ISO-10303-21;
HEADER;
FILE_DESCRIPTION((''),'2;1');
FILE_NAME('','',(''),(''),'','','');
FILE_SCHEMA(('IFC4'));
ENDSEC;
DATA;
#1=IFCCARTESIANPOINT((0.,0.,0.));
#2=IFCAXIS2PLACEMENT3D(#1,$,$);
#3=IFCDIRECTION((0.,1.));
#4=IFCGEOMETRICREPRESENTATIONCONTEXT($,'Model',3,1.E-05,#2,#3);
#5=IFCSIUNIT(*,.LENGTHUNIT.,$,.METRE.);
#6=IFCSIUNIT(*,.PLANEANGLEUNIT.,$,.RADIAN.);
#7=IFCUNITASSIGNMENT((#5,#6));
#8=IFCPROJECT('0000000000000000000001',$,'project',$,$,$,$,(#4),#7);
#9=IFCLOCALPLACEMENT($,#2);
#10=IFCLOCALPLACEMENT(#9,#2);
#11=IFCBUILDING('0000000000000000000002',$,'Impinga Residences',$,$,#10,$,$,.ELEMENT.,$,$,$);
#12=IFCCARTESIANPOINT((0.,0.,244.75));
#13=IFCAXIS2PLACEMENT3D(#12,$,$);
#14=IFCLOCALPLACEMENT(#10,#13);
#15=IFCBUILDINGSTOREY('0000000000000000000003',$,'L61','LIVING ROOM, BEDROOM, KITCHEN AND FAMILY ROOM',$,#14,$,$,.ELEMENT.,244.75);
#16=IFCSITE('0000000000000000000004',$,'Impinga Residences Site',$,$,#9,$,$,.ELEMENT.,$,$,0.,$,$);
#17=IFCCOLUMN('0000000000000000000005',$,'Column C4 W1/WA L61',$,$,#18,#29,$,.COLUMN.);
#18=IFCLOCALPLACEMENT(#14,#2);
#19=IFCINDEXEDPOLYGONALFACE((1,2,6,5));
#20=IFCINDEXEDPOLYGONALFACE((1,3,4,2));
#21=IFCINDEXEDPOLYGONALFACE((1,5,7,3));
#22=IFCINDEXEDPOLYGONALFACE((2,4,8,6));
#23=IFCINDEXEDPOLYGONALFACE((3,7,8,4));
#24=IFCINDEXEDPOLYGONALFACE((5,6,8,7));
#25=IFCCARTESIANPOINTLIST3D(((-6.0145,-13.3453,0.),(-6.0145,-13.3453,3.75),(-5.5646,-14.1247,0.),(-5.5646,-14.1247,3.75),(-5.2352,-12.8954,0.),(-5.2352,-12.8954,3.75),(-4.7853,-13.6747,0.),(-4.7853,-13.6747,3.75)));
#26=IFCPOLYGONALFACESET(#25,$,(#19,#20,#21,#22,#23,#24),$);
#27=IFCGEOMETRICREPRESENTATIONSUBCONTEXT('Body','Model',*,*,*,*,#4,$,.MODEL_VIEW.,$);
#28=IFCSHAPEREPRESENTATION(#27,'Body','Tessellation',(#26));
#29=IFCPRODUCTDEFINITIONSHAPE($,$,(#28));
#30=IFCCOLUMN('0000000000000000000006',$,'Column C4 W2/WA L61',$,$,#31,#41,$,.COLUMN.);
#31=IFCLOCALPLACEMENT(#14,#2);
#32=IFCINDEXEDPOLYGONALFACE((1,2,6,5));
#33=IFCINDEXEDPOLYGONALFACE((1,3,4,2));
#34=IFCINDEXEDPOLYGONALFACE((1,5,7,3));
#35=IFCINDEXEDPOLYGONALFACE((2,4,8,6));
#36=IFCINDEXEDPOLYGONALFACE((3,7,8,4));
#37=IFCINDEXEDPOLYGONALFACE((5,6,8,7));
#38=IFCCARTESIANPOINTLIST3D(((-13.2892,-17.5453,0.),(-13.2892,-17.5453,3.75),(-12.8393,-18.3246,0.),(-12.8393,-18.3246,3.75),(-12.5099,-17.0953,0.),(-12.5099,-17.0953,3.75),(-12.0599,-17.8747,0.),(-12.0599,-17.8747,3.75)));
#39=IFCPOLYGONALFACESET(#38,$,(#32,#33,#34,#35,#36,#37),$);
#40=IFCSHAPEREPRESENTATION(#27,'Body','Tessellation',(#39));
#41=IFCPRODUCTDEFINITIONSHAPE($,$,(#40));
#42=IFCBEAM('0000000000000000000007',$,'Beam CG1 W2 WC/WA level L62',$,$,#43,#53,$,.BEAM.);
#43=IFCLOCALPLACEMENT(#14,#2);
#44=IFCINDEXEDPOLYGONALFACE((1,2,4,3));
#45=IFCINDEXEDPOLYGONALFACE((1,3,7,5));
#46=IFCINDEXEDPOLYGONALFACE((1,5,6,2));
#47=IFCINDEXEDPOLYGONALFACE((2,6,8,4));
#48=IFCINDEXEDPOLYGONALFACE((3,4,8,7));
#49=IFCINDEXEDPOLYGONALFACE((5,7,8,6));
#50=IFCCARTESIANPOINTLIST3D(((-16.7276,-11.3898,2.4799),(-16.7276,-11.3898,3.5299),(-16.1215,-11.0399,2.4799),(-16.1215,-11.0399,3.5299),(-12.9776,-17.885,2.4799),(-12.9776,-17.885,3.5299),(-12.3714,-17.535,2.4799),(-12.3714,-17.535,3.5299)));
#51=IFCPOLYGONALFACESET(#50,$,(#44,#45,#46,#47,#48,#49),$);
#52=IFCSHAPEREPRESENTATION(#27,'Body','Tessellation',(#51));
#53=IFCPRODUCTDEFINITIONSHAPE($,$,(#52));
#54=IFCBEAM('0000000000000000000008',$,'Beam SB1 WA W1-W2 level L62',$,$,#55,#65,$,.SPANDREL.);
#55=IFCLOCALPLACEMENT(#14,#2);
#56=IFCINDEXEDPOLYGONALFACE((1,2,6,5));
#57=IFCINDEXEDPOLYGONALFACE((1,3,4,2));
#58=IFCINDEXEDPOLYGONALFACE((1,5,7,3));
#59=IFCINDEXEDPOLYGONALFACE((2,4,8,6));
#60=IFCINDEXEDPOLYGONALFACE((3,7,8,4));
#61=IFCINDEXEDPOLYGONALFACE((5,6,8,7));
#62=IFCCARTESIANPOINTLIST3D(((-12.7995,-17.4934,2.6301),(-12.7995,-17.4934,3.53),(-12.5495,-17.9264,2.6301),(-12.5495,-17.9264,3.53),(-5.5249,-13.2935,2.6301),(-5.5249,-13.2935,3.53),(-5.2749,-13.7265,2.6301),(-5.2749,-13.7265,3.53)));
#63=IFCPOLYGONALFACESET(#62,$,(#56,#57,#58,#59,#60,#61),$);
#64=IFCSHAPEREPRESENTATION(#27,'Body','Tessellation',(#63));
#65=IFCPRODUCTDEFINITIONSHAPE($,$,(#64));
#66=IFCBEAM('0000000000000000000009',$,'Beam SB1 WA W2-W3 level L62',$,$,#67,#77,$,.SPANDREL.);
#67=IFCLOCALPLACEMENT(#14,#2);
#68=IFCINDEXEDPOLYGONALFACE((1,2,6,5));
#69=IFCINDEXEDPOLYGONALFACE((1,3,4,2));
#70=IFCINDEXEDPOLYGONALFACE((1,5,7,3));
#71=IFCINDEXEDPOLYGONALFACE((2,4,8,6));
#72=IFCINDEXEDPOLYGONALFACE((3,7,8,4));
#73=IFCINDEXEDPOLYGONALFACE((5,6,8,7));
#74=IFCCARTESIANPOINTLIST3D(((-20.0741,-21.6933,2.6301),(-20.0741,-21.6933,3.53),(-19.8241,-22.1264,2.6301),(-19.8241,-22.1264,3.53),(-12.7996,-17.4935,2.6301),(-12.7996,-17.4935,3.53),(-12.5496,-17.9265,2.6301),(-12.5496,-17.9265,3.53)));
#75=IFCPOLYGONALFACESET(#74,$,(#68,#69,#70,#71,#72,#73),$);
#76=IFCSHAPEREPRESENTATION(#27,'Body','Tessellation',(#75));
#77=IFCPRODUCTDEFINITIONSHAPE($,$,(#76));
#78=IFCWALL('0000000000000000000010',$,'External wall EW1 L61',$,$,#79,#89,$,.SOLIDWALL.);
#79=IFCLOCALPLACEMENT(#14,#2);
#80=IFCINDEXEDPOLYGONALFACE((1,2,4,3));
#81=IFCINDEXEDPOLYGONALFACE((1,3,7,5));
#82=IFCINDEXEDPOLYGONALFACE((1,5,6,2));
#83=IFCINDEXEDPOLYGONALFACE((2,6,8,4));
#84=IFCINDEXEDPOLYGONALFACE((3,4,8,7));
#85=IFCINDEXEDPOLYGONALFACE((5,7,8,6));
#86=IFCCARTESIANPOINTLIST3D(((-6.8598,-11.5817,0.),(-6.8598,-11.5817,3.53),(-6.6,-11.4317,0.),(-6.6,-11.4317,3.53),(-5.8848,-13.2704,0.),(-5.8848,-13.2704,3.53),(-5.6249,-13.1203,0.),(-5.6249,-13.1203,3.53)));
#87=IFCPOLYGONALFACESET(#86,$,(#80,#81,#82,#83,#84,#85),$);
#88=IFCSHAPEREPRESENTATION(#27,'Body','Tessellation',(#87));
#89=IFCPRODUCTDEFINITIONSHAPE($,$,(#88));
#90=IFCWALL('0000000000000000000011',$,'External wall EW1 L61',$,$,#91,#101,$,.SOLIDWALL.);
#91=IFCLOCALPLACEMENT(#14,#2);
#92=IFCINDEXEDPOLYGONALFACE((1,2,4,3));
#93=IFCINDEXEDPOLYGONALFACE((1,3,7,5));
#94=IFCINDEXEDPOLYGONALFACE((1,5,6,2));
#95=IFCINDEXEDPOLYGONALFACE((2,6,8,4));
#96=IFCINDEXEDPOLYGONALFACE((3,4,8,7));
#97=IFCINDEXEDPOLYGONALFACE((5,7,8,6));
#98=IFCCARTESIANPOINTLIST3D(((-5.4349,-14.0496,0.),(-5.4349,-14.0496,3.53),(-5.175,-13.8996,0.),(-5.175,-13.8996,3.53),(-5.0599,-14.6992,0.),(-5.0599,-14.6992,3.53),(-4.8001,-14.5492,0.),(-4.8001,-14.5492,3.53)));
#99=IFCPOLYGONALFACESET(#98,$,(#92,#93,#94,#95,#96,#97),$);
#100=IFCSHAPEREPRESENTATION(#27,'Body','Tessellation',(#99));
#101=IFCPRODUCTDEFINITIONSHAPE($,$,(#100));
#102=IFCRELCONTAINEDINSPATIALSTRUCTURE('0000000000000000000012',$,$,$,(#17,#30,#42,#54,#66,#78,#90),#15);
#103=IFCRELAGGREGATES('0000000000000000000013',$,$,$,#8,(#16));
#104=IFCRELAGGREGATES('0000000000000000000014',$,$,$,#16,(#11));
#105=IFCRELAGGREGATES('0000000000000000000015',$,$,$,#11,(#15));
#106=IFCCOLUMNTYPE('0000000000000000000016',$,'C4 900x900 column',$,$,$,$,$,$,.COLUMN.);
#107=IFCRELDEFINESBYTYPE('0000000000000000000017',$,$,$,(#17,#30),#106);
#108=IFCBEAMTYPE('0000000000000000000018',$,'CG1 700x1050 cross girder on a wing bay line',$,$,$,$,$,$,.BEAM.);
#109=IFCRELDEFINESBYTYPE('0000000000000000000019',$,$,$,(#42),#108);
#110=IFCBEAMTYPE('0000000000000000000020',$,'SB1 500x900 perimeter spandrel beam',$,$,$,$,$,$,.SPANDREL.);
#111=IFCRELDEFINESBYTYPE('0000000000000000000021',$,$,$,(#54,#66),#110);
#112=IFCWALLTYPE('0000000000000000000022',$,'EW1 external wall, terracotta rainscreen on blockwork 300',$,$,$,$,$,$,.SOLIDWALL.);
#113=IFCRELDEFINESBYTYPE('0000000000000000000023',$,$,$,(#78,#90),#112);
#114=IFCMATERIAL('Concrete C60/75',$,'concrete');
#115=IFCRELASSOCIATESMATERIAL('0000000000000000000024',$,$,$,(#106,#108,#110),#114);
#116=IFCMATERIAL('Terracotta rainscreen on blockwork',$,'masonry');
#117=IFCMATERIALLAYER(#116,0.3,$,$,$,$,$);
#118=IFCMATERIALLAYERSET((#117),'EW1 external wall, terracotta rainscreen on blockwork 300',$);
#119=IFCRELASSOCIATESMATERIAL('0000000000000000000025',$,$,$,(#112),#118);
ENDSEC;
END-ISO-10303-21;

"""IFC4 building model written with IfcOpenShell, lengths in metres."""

from ifc_helpers import new_model, si_unit, direction, frame, frame_2d, origin, origin_2d, place, context, subcontext, project, spatial, rectangle, extrude, material, layer, layer_set, material_profile, profile_set, type_object, element, save


model = new_model("IFC4")

# Units and contexts
model_context = context("Model", 3, precision=1e-05, world=origin(), true_north=direction((0.0, 1.0)))
body_context = subcontext(model_context, "Body", "Model", "MODEL_VIEW")
ifc_project = project(units=[si_unit("LENGTHUNIT", "METRE"), si_unit("PLANEANGLEUNIT", "RADIAN")], contexts=[model_context])

# Site, building, storey
site_placement = place(None, origin())
site = spatial("IfcSite", under=ifc_project, at=site_placement, Name="Impinga Residences Site", CompositionType="ELEMENT", RefElevation=0.0)
building_placement = place(site_placement, origin())
building = spatial("IfcBuilding", under=site, at=building_placement, Name="Impinga Residences", CompositionType="ELEMENT")
storey_placement = place(building_placement, frame((0.0, 0.0, 244.75)))
storey = spatial("IfcBuildingStorey", under=building, at=storey_placement, Name="L61", Description="LIVING ROOM, BEDROOM, KITCHEN AND FAMILY ROOM", CompositionType="ELEMENT", Elevation=244.75)

# Columns
ifc_material_1 = material(Name="Concrete C60/75", Category="concrete")
ifc_material_profile_1 = material_profile(ifc_material_1, rectangle(XDim=0.8999, YDim=0.8999, at=origin_2d()), Name="RC 900x900")
ifc_profile_set_1 = profile_set([ifc_material_profile_1], Name="Concrete C60/75")
column_type = type_object("IfcColumnType", Name="C4 900x900 column", PredefinedType="COLUMN", material=ifc_profile_set_1)
for number, where, z_axis, x_axis, name in (
    (1, (-5.3999, -13.51, 0.0), (0.0, 0.0, 1.0), (-0.5, 0.866025, 0.0), "Column C4 W1/WA L61"),
    (2, (-12.6746, -17.71, 0.0), (0.0, 0.0, 1.0), (-0.5, 0.866025, 0.0), "Column C4 W2/WA L61"),
):
    element("IfcColumn", number, at=place(storey_placement, frame(where, z_axis=z_axis, x_axis=x_axis)), inside=storey, type_object=column_type, Name=name, PredefinedType="COLUMN", context=body_context, shape_type="SweptSolid", body=[
        extrude(rectangle(XDim=0.8999, YDim=0.8999, at=origin_2d()), origin(), (0.0, 0.0, 1.0), 3.75),
    ])

# Beams
ifc_material_profile_2 = material_profile(ifc_material_1, rectangle(XDim=0.7, YDim=1.05, at=origin_2d()), Name="RC 700x1050")
ifc_profile_set_2 = profile_set([ifc_material_profile_2], Name="Concrete C60/75")
beam_type_1 = type_object("IfcBeamType", Name="CG1 700x1050 cross girder on a wing bay line", PredefinedType="BEAM", material=ifc_profile_set_2)
beam_placement = place(storey_placement, frame((-16.4246, -11.2148, 3.0049), z_axis=(0.500004, -0.866023, 0.0), x_axis=(0.866023, 0.500004, 0.0)))
element("IfcBeam", 3, at=beam_placement, inside=storey, type_object=beam_type_1, Name="Beam CG1 W2 WC/WA level L62", PredefinedType="BEAM", context=body_context, shape_type="SweptSolid", body=[
    extrude(rectangle(XDim=0.7, YDim=1.05, at=origin_2d()), origin(), (0.0, 0.0, 1.0), 7.5),
])
ifc_material_profile_3 = material_profile(ifc_material_1, rectangle(XDim=0.5, YDim=0.8999, at=origin_2d()), Name="RC 500x900")
ifc_profile_set_3 = profile_set([ifc_material_profile_3], Name="Concrete C60/75")
beam_type_2 = type_object("IfcBeamType", Name="SB1 500x900 perimeter spandrel beam", PredefinedType="SPANDREL", material=ifc_profile_set_3)
for number, where, z_axis, x_axis, name in (
    (4, (-5.3999, -13.51, 3.0801), (-0.866029, -0.499993, 0.0), (0.499993, -0.866029, 0.0), "Beam SB1 WA W1-W2 level L62"),
    (5, (-12.6746, -17.71, 3.0801), (-0.866029, -0.499993, 0.0), (0.499993, -0.866029, 0.0), "Beam SB1 WA W2-W3 level L62"),
):
    element("IfcBeam", number, at=place(storey_placement, frame(where, z_axis=z_axis, x_axis=x_axis)), inside=storey, type_object=beam_type_2, Name=name, PredefinedType="SPANDREL", context=body_context, shape_type="SweptSolid", body=[
        extrude(rectangle(XDim=0.5, YDim=0.8999, at=origin_2d()), origin(), (0.0, 0.0, 1.0), 8.3999),
    ])

# Walls
ifc_material_2 = material(Name="Terracotta rainscreen on blockwork", Category="masonry")
ifc_layer_1 = layer(ifc_material_2, 0.3)
ifc_layer_set_1 = layer_set([ifc_layer_1], Name="EW1 external wall, terracotta rainscreen on blockwork 300")
wall_type_1 = type_object("IfcWallType", Name="EW1 external wall, terracotta rainscreen on blockwork 300", PredefinedType="SOLIDWALL", material=ifc_layer_set_1)
wall_1_placement = place(storey_placement, frame((-6.73, -11.5066, 0.0), z_axis=(0.0, 0.0, 1.0), x_axis=(0.500044, -0.866, 0.0)))
element("IfcWall", 6, at=wall_1_placement, inside=storey, type_object=wall_type_1, Name="External wall EW1 L61", PredefinedType="SOLIDWALL", context=body_context, shape_type="SweptSolid", body=[
    extrude(rectangle(XDim=1.95, YDim=0.3, at=frame_2d((0.9751, 0.0))), origin(), (0.0, 0.0, 1.0), 3.53),
])
wall_2_placement = place(storey_placement, frame((-5.3049, -13.9746, 0.0), z_axis=(0.0, 0.0, 1.0), x_axis=(0.49992, -0.866072, 0.0)))
element("IfcWall", 7, at=wall_2_placement, inside=storey, type_object=wall_type_1, Name="External wall EW1 L61", PredefinedType="SOLIDWALL", context=body_context, shape_type="SweptSolid", body=[
    extrude(rectangle(XDim=0.75, YDim=0.3, at=frame_2d((0.375, 0.0))), origin(), (0.0, 0.0, 1.0), 3.53),
])

save(model, "model.ifc")
